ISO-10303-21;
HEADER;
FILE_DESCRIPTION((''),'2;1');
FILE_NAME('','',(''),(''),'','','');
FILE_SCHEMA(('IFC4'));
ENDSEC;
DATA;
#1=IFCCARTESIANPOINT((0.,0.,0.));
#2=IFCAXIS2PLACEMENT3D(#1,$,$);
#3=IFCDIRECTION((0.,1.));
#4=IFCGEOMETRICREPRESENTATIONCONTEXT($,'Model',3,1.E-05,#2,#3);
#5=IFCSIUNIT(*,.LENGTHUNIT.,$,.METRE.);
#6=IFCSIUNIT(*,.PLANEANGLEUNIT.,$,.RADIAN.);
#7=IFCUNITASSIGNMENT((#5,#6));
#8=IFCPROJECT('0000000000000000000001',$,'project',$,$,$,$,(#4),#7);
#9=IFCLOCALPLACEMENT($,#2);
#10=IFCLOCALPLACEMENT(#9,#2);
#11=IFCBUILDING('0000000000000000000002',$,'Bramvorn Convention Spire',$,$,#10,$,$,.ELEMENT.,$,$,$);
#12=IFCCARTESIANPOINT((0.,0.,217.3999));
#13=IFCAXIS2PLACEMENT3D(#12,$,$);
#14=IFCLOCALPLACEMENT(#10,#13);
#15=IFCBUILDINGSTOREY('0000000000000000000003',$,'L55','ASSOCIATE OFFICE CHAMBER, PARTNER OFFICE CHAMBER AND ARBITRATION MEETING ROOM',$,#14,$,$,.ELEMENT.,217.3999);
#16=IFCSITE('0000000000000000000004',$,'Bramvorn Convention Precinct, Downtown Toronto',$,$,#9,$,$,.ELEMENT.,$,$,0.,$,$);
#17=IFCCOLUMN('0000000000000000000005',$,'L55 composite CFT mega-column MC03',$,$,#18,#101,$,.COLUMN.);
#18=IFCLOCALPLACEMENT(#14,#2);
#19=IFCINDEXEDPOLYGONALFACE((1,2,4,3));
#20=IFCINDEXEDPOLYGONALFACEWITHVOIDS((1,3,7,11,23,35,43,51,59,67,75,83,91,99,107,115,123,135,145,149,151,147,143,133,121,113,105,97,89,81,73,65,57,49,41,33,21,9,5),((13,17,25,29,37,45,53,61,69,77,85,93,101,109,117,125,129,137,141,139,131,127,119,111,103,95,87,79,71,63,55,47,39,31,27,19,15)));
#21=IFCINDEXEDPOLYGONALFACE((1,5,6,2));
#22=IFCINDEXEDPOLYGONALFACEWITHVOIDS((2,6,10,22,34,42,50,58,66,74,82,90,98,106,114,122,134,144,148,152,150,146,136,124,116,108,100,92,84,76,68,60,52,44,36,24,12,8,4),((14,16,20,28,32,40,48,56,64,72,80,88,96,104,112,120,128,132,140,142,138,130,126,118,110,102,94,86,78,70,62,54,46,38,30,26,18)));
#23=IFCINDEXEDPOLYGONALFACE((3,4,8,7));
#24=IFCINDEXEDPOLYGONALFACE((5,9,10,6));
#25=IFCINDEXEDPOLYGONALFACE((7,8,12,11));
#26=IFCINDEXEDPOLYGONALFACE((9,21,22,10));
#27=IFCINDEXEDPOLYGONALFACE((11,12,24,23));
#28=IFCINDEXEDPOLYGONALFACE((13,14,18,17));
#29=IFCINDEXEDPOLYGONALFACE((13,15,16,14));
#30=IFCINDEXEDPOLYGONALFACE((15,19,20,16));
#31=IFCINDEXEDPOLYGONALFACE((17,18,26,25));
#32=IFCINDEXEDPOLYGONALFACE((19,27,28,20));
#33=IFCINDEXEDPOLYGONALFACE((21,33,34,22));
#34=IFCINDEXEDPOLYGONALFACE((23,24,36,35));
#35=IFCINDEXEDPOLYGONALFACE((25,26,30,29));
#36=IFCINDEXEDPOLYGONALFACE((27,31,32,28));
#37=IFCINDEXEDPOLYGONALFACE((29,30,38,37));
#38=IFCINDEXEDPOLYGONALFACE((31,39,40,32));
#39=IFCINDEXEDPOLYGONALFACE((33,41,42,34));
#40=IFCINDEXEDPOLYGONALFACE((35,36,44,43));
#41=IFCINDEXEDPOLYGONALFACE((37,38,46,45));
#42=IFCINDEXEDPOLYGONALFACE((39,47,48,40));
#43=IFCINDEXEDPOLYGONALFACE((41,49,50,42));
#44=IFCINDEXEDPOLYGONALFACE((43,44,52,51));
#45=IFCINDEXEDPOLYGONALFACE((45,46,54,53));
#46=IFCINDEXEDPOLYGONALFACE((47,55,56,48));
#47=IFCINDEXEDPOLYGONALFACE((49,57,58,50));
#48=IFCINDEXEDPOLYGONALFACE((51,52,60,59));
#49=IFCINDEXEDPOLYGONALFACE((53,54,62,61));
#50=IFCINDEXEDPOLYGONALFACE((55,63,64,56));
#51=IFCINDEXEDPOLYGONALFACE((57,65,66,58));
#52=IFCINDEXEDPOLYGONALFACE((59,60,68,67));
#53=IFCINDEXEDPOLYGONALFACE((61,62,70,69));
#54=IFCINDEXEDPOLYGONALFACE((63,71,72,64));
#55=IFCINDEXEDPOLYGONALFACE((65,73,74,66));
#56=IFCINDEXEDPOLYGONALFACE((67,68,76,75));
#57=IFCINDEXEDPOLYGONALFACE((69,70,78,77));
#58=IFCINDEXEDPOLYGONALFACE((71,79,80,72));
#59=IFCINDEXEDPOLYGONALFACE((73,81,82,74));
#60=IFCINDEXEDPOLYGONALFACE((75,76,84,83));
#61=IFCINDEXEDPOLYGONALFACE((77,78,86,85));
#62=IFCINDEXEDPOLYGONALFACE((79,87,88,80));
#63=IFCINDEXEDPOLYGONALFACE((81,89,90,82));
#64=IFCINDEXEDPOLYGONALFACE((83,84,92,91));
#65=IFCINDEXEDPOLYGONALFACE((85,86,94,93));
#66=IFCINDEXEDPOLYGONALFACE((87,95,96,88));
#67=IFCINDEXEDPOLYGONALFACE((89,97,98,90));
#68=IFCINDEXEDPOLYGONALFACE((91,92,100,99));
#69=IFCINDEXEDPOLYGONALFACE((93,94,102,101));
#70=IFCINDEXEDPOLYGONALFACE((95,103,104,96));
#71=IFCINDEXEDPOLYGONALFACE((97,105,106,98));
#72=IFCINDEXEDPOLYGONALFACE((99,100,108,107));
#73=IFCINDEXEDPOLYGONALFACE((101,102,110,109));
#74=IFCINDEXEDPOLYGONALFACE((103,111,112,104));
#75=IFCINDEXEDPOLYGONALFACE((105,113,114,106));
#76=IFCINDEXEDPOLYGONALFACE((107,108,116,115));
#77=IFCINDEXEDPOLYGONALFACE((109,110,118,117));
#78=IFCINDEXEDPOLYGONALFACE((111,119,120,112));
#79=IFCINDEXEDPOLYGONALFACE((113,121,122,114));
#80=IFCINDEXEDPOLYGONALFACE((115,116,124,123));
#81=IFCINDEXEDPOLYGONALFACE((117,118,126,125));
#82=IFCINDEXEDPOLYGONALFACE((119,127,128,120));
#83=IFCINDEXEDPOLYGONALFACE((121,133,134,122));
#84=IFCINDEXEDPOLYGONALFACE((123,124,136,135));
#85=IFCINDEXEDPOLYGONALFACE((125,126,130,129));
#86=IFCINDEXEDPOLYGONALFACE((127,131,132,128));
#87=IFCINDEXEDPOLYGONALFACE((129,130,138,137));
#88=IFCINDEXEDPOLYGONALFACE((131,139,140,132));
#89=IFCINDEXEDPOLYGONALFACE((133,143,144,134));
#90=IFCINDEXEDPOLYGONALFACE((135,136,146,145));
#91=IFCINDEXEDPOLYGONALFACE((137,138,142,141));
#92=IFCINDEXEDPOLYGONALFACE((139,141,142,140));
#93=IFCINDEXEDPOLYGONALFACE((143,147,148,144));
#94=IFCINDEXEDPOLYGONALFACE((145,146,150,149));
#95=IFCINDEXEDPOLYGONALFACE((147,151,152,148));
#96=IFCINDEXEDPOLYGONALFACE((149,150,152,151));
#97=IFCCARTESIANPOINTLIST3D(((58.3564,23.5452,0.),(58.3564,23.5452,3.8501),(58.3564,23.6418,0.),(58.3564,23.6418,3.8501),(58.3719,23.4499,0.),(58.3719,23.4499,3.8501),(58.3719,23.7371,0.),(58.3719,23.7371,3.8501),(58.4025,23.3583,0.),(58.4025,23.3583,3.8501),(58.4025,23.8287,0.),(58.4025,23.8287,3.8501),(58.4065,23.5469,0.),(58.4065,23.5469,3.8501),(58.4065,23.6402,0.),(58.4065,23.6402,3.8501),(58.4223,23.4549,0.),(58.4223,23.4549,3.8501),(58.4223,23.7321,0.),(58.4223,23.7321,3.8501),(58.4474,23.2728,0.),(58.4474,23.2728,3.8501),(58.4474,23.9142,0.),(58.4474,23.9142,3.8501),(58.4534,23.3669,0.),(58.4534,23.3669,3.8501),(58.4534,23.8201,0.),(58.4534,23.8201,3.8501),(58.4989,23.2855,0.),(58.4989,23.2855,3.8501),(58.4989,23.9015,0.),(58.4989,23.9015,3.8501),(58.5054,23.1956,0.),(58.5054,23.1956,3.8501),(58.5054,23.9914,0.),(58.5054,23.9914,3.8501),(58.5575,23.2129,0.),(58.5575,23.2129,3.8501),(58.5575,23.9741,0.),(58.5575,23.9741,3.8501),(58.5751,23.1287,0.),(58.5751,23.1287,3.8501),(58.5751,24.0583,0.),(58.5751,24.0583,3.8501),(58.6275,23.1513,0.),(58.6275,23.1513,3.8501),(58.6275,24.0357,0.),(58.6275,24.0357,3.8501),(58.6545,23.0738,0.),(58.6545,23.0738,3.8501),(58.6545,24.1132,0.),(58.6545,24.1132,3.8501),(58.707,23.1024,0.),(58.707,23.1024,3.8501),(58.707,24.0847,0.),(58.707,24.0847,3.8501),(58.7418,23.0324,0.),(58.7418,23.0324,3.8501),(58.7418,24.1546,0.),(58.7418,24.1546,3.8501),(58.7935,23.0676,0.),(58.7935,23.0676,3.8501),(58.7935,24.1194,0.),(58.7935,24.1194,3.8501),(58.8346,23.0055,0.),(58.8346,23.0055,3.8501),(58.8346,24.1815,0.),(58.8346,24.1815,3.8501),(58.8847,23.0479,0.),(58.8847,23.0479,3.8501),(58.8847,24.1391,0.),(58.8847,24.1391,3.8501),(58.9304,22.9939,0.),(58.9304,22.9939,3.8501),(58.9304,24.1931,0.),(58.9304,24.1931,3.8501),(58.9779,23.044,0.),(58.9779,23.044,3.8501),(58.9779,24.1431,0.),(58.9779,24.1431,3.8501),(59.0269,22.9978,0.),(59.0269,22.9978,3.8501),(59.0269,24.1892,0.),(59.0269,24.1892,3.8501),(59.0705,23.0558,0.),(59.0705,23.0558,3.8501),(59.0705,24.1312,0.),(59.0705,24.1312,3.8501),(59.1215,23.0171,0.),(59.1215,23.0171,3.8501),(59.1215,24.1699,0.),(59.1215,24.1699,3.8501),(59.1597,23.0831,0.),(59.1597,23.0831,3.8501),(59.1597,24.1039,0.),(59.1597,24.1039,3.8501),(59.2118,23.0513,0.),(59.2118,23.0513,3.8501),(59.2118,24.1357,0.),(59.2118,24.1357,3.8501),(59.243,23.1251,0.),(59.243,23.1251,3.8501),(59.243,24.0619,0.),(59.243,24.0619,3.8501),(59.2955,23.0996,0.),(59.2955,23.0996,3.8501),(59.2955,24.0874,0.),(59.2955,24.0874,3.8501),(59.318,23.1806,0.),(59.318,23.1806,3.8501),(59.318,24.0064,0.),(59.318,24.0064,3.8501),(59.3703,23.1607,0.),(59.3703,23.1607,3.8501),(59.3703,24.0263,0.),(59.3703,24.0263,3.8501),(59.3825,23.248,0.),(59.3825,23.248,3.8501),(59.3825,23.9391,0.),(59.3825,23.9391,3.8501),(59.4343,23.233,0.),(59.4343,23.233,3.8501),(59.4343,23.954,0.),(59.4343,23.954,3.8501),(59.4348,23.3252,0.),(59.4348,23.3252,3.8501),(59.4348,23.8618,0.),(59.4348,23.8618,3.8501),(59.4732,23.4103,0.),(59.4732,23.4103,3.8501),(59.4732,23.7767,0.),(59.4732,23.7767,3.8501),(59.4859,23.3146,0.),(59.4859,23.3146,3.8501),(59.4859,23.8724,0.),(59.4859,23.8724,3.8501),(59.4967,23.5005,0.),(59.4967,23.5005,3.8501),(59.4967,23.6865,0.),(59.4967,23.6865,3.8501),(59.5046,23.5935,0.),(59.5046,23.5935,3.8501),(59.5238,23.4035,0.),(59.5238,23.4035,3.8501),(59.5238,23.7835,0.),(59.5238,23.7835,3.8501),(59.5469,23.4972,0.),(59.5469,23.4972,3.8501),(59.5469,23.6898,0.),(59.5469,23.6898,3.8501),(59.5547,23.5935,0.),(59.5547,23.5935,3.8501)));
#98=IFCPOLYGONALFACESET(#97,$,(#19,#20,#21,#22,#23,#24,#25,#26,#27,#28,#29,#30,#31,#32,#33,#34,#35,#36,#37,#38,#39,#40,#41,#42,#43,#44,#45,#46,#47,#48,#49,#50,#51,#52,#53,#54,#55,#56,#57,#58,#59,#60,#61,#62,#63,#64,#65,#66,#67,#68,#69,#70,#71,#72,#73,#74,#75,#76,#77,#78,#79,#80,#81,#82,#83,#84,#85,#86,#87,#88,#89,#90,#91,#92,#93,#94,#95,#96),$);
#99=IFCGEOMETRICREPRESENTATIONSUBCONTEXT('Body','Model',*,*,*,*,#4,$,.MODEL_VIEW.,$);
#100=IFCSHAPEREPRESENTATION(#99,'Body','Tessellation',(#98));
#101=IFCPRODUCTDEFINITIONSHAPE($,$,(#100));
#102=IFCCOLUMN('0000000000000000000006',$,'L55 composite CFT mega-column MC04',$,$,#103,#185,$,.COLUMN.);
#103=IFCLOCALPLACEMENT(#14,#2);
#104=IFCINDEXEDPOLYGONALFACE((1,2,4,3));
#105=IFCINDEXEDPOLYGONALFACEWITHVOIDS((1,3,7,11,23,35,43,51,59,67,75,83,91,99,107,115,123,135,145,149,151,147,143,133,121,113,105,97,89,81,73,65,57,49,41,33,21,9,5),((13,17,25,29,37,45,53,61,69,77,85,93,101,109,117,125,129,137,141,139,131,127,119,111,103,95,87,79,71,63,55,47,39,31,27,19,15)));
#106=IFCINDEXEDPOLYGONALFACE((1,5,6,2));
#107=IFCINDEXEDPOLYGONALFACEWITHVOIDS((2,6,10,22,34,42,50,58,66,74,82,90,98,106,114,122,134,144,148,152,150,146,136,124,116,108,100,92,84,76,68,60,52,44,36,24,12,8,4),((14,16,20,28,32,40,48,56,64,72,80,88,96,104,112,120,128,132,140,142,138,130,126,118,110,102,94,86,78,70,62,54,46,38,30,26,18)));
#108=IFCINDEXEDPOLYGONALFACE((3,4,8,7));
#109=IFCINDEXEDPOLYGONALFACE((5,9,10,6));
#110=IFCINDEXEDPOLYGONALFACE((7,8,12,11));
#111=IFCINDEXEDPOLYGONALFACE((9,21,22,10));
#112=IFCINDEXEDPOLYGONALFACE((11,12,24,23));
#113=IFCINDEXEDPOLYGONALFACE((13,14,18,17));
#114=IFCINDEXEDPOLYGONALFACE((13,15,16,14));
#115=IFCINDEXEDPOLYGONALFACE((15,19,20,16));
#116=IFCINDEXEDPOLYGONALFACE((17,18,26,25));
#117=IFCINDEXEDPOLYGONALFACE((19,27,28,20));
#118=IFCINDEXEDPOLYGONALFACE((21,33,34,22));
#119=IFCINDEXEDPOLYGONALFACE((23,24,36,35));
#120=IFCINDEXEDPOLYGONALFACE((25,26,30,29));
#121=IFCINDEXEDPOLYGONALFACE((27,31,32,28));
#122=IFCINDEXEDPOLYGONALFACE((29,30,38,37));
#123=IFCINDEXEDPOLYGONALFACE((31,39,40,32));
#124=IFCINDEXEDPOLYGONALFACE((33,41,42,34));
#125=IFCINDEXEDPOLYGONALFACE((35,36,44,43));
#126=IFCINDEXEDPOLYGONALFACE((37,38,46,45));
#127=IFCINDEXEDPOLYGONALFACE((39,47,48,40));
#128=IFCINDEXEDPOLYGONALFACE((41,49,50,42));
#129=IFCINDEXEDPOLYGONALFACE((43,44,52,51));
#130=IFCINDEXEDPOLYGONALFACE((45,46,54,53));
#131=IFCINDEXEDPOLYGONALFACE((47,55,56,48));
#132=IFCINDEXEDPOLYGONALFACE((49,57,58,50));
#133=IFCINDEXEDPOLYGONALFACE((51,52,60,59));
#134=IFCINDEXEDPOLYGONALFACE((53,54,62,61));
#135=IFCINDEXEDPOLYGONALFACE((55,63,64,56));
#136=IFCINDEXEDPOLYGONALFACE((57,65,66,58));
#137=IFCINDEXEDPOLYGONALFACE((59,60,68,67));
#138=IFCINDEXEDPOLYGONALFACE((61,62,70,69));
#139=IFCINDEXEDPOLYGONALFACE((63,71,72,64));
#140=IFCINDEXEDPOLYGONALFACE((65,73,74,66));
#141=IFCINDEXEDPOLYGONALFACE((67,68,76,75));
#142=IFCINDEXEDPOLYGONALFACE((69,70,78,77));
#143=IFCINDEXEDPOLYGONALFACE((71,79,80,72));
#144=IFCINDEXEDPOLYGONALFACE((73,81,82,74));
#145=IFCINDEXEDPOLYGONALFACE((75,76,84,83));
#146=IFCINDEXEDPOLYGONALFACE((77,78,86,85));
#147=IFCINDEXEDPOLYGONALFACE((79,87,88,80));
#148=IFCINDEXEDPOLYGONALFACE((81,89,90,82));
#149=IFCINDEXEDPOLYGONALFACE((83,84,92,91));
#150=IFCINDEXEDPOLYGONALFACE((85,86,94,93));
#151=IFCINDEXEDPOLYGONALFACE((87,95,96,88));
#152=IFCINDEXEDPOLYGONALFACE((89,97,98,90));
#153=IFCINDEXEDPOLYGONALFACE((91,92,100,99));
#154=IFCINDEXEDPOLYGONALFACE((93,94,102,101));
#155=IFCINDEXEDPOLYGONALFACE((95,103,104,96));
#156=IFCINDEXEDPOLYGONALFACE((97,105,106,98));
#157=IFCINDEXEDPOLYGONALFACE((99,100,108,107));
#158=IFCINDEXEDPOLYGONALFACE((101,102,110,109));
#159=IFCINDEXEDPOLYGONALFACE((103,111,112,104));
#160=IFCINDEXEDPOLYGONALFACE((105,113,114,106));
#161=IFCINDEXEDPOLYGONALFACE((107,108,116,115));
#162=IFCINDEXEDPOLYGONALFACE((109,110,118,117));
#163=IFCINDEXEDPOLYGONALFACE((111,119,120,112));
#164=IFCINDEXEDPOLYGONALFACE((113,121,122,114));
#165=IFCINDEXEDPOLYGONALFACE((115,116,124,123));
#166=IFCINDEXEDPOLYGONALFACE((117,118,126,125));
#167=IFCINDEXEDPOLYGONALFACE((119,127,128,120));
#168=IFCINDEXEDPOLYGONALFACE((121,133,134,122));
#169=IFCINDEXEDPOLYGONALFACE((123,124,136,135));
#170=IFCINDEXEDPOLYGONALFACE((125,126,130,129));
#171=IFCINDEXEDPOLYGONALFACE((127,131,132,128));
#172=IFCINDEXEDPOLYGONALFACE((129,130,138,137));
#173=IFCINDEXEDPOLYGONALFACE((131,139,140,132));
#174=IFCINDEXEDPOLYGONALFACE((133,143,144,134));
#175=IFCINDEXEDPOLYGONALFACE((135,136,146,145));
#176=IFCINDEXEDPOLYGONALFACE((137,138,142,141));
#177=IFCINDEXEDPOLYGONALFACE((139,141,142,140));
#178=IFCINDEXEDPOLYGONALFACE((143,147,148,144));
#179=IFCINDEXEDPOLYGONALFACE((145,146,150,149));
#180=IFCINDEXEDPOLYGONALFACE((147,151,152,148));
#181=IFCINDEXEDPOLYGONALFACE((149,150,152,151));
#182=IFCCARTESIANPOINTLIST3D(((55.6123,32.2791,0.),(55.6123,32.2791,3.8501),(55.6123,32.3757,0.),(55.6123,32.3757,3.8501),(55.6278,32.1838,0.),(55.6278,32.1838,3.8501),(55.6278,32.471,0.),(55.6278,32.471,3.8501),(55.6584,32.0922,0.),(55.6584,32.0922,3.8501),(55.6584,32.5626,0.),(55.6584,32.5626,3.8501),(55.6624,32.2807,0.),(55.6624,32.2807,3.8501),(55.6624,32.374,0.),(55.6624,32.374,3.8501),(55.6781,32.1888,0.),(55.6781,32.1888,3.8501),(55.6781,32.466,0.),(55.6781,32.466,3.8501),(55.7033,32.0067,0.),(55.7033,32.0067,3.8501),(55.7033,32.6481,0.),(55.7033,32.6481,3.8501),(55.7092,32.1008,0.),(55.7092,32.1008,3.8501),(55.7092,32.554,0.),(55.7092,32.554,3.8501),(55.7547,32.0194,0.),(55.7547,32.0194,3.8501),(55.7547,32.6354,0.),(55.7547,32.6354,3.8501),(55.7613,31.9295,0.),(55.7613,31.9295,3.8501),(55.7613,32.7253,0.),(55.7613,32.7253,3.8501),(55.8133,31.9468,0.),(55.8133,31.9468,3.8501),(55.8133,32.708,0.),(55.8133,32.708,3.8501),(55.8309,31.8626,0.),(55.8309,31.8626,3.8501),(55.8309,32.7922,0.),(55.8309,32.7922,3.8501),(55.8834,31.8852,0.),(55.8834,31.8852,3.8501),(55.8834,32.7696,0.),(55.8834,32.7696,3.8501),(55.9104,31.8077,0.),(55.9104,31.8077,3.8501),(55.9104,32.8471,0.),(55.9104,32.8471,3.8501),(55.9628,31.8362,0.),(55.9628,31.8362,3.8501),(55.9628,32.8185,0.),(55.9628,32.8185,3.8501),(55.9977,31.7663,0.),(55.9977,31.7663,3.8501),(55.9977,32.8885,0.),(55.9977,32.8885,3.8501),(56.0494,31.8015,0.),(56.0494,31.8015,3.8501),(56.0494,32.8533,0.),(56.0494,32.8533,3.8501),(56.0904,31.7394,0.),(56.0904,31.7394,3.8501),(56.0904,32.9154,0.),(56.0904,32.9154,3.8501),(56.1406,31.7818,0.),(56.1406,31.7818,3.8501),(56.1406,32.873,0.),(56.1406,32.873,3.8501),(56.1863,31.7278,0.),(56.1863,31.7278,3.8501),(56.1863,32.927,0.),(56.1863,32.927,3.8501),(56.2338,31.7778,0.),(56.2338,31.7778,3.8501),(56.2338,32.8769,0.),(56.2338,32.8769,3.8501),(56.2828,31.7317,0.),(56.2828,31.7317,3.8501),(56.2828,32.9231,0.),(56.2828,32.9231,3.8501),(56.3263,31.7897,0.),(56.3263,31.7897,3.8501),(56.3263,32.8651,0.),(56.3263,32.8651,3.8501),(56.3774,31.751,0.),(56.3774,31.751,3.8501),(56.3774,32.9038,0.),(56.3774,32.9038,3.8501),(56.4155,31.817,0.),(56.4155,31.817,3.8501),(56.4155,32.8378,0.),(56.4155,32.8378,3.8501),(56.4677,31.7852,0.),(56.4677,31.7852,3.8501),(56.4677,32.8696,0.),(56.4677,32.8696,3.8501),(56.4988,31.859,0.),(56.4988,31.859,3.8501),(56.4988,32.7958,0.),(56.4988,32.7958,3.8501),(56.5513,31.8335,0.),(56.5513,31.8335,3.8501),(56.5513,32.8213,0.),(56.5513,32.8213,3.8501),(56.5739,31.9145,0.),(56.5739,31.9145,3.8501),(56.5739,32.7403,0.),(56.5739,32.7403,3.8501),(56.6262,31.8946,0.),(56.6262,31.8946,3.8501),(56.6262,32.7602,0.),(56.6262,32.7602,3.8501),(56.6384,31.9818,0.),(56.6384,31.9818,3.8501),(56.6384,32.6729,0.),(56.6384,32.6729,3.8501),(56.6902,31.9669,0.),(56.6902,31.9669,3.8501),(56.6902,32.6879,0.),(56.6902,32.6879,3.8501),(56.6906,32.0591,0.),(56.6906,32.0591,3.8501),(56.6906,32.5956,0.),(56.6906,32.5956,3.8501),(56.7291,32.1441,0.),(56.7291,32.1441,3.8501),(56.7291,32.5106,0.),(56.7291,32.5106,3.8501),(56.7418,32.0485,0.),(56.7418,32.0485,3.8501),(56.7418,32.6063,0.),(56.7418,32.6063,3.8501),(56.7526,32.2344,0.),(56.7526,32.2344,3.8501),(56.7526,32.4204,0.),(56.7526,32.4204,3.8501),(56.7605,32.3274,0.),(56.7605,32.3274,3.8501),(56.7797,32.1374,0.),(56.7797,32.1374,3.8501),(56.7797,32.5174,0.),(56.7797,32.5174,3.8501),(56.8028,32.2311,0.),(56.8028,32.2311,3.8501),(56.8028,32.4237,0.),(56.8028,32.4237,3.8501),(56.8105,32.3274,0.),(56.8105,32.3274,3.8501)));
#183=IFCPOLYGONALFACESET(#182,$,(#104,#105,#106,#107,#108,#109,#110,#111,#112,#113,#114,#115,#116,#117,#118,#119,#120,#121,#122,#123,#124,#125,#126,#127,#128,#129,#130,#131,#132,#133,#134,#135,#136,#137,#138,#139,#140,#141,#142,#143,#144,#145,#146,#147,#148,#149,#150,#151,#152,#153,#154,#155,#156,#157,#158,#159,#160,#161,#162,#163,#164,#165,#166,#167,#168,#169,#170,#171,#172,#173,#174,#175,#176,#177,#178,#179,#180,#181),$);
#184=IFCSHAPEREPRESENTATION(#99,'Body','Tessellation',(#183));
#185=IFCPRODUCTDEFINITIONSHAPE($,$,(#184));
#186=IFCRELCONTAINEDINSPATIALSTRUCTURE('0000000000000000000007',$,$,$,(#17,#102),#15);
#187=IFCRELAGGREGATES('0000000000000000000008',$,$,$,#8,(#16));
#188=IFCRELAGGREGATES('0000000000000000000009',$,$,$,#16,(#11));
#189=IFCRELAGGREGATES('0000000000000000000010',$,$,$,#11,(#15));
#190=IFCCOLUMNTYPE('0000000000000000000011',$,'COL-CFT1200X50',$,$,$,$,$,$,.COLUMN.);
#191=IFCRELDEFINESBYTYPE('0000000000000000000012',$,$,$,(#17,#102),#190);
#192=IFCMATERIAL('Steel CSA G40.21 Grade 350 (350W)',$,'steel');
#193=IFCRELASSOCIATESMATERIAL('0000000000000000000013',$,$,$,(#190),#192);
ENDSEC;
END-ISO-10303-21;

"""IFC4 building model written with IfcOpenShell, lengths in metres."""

from ifc_helpers import new_model, si_unit, direction, frame, origin, origin_2d, place, context, subcontext, project, spatial, hollow_circle, extrude, material, material_profile, profile_set, type_object, element, save


model = new_model("IFC4")

# Units and contexts
model_context = context("Model", 3, precision=1e-05, world=origin(), true_north=direction((0.0, 1.0)))
body_context = subcontext(model_context, "Body", "Model", "MODEL_VIEW")
ifc_project = project(units=[si_unit("LENGTHUNIT", "METRE"), si_unit("PLANEANGLEUNIT", "RADIAN")], contexts=[model_context])

# Site, building, storey
site_placement = place(None, origin())
site = spatial("IfcSite", under=ifc_project, at=site_placement, Name="Bramvorn Convention Precinct, Downtown Toronto", CompositionType="ELEMENT", RefElevation=0.0)
building_placement = place(site_placement, origin())
building = spatial("IfcBuilding", under=site, at=building_placement, Name="Bramvorn Convention Spire", CompositionType="ELEMENT")
storey_placement = place(building_placement, frame((0.0, 0.0, 217.3999)))
storey = spatial("IfcBuildingStorey", under=building, at=storey_placement, Name="L55", Description="ASSOCIATE OFFICE CHAMBER, PARTNER OFFICE CHAMBER AND ARBITRATION MEETING ROOM", CompositionType="ELEMENT", Elevation=217.3999)

# Columns
ifc_material_1 = material(Name="Steel CSA G40.21 Grade 350 (350W)", Category="steel")
ifc_material_profile_1 = material_profile(ifc_material_1, hollow_circle(Radius=0.6001, WallThickness=0.05, at=origin_2d()))
ifc_profile_set_1 = profile_set([ifc_material_profile_1], Name="Steel CSA G40.21 Grade 350 (350W) - CFT1200X50")
column_type = type_object("IfcColumnType", Name="COL-CFT1200X50", PredefinedType="COLUMN", material=ifc_profile_set_1)
for number, where, z_axis, x_axis, name in (
    (1, (58.9546, 23.5935, 0.0), (0.0, 0.0, 1.0), (1.0, 0.0, 0.0), "L55 composite CFT mega-column MC03"),
    (2, (56.2104, 32.3274, 0.0), (0.0, 0.0, 1.0), (1.0, 0.0, 0.0), "L55 composite CFT mega-column MC04"),
):
    element("IfcColumn", number, at=place(storey_placement, frame(where, z_axis=z_axis, x_axis=x_axis)), inside=storey, type_object=column_type, Name=name, PredefinedType="COLUMN", context=body_context, shape_type="SweptSolid", body=[
        extrude(hollow_circle(Radius=0.6001, WallThickness=0.05, at=origin_2d()), origin(), (0.0, 0.0, 1.0), 3.8501),
    ])

save(model, "model.ifc")
